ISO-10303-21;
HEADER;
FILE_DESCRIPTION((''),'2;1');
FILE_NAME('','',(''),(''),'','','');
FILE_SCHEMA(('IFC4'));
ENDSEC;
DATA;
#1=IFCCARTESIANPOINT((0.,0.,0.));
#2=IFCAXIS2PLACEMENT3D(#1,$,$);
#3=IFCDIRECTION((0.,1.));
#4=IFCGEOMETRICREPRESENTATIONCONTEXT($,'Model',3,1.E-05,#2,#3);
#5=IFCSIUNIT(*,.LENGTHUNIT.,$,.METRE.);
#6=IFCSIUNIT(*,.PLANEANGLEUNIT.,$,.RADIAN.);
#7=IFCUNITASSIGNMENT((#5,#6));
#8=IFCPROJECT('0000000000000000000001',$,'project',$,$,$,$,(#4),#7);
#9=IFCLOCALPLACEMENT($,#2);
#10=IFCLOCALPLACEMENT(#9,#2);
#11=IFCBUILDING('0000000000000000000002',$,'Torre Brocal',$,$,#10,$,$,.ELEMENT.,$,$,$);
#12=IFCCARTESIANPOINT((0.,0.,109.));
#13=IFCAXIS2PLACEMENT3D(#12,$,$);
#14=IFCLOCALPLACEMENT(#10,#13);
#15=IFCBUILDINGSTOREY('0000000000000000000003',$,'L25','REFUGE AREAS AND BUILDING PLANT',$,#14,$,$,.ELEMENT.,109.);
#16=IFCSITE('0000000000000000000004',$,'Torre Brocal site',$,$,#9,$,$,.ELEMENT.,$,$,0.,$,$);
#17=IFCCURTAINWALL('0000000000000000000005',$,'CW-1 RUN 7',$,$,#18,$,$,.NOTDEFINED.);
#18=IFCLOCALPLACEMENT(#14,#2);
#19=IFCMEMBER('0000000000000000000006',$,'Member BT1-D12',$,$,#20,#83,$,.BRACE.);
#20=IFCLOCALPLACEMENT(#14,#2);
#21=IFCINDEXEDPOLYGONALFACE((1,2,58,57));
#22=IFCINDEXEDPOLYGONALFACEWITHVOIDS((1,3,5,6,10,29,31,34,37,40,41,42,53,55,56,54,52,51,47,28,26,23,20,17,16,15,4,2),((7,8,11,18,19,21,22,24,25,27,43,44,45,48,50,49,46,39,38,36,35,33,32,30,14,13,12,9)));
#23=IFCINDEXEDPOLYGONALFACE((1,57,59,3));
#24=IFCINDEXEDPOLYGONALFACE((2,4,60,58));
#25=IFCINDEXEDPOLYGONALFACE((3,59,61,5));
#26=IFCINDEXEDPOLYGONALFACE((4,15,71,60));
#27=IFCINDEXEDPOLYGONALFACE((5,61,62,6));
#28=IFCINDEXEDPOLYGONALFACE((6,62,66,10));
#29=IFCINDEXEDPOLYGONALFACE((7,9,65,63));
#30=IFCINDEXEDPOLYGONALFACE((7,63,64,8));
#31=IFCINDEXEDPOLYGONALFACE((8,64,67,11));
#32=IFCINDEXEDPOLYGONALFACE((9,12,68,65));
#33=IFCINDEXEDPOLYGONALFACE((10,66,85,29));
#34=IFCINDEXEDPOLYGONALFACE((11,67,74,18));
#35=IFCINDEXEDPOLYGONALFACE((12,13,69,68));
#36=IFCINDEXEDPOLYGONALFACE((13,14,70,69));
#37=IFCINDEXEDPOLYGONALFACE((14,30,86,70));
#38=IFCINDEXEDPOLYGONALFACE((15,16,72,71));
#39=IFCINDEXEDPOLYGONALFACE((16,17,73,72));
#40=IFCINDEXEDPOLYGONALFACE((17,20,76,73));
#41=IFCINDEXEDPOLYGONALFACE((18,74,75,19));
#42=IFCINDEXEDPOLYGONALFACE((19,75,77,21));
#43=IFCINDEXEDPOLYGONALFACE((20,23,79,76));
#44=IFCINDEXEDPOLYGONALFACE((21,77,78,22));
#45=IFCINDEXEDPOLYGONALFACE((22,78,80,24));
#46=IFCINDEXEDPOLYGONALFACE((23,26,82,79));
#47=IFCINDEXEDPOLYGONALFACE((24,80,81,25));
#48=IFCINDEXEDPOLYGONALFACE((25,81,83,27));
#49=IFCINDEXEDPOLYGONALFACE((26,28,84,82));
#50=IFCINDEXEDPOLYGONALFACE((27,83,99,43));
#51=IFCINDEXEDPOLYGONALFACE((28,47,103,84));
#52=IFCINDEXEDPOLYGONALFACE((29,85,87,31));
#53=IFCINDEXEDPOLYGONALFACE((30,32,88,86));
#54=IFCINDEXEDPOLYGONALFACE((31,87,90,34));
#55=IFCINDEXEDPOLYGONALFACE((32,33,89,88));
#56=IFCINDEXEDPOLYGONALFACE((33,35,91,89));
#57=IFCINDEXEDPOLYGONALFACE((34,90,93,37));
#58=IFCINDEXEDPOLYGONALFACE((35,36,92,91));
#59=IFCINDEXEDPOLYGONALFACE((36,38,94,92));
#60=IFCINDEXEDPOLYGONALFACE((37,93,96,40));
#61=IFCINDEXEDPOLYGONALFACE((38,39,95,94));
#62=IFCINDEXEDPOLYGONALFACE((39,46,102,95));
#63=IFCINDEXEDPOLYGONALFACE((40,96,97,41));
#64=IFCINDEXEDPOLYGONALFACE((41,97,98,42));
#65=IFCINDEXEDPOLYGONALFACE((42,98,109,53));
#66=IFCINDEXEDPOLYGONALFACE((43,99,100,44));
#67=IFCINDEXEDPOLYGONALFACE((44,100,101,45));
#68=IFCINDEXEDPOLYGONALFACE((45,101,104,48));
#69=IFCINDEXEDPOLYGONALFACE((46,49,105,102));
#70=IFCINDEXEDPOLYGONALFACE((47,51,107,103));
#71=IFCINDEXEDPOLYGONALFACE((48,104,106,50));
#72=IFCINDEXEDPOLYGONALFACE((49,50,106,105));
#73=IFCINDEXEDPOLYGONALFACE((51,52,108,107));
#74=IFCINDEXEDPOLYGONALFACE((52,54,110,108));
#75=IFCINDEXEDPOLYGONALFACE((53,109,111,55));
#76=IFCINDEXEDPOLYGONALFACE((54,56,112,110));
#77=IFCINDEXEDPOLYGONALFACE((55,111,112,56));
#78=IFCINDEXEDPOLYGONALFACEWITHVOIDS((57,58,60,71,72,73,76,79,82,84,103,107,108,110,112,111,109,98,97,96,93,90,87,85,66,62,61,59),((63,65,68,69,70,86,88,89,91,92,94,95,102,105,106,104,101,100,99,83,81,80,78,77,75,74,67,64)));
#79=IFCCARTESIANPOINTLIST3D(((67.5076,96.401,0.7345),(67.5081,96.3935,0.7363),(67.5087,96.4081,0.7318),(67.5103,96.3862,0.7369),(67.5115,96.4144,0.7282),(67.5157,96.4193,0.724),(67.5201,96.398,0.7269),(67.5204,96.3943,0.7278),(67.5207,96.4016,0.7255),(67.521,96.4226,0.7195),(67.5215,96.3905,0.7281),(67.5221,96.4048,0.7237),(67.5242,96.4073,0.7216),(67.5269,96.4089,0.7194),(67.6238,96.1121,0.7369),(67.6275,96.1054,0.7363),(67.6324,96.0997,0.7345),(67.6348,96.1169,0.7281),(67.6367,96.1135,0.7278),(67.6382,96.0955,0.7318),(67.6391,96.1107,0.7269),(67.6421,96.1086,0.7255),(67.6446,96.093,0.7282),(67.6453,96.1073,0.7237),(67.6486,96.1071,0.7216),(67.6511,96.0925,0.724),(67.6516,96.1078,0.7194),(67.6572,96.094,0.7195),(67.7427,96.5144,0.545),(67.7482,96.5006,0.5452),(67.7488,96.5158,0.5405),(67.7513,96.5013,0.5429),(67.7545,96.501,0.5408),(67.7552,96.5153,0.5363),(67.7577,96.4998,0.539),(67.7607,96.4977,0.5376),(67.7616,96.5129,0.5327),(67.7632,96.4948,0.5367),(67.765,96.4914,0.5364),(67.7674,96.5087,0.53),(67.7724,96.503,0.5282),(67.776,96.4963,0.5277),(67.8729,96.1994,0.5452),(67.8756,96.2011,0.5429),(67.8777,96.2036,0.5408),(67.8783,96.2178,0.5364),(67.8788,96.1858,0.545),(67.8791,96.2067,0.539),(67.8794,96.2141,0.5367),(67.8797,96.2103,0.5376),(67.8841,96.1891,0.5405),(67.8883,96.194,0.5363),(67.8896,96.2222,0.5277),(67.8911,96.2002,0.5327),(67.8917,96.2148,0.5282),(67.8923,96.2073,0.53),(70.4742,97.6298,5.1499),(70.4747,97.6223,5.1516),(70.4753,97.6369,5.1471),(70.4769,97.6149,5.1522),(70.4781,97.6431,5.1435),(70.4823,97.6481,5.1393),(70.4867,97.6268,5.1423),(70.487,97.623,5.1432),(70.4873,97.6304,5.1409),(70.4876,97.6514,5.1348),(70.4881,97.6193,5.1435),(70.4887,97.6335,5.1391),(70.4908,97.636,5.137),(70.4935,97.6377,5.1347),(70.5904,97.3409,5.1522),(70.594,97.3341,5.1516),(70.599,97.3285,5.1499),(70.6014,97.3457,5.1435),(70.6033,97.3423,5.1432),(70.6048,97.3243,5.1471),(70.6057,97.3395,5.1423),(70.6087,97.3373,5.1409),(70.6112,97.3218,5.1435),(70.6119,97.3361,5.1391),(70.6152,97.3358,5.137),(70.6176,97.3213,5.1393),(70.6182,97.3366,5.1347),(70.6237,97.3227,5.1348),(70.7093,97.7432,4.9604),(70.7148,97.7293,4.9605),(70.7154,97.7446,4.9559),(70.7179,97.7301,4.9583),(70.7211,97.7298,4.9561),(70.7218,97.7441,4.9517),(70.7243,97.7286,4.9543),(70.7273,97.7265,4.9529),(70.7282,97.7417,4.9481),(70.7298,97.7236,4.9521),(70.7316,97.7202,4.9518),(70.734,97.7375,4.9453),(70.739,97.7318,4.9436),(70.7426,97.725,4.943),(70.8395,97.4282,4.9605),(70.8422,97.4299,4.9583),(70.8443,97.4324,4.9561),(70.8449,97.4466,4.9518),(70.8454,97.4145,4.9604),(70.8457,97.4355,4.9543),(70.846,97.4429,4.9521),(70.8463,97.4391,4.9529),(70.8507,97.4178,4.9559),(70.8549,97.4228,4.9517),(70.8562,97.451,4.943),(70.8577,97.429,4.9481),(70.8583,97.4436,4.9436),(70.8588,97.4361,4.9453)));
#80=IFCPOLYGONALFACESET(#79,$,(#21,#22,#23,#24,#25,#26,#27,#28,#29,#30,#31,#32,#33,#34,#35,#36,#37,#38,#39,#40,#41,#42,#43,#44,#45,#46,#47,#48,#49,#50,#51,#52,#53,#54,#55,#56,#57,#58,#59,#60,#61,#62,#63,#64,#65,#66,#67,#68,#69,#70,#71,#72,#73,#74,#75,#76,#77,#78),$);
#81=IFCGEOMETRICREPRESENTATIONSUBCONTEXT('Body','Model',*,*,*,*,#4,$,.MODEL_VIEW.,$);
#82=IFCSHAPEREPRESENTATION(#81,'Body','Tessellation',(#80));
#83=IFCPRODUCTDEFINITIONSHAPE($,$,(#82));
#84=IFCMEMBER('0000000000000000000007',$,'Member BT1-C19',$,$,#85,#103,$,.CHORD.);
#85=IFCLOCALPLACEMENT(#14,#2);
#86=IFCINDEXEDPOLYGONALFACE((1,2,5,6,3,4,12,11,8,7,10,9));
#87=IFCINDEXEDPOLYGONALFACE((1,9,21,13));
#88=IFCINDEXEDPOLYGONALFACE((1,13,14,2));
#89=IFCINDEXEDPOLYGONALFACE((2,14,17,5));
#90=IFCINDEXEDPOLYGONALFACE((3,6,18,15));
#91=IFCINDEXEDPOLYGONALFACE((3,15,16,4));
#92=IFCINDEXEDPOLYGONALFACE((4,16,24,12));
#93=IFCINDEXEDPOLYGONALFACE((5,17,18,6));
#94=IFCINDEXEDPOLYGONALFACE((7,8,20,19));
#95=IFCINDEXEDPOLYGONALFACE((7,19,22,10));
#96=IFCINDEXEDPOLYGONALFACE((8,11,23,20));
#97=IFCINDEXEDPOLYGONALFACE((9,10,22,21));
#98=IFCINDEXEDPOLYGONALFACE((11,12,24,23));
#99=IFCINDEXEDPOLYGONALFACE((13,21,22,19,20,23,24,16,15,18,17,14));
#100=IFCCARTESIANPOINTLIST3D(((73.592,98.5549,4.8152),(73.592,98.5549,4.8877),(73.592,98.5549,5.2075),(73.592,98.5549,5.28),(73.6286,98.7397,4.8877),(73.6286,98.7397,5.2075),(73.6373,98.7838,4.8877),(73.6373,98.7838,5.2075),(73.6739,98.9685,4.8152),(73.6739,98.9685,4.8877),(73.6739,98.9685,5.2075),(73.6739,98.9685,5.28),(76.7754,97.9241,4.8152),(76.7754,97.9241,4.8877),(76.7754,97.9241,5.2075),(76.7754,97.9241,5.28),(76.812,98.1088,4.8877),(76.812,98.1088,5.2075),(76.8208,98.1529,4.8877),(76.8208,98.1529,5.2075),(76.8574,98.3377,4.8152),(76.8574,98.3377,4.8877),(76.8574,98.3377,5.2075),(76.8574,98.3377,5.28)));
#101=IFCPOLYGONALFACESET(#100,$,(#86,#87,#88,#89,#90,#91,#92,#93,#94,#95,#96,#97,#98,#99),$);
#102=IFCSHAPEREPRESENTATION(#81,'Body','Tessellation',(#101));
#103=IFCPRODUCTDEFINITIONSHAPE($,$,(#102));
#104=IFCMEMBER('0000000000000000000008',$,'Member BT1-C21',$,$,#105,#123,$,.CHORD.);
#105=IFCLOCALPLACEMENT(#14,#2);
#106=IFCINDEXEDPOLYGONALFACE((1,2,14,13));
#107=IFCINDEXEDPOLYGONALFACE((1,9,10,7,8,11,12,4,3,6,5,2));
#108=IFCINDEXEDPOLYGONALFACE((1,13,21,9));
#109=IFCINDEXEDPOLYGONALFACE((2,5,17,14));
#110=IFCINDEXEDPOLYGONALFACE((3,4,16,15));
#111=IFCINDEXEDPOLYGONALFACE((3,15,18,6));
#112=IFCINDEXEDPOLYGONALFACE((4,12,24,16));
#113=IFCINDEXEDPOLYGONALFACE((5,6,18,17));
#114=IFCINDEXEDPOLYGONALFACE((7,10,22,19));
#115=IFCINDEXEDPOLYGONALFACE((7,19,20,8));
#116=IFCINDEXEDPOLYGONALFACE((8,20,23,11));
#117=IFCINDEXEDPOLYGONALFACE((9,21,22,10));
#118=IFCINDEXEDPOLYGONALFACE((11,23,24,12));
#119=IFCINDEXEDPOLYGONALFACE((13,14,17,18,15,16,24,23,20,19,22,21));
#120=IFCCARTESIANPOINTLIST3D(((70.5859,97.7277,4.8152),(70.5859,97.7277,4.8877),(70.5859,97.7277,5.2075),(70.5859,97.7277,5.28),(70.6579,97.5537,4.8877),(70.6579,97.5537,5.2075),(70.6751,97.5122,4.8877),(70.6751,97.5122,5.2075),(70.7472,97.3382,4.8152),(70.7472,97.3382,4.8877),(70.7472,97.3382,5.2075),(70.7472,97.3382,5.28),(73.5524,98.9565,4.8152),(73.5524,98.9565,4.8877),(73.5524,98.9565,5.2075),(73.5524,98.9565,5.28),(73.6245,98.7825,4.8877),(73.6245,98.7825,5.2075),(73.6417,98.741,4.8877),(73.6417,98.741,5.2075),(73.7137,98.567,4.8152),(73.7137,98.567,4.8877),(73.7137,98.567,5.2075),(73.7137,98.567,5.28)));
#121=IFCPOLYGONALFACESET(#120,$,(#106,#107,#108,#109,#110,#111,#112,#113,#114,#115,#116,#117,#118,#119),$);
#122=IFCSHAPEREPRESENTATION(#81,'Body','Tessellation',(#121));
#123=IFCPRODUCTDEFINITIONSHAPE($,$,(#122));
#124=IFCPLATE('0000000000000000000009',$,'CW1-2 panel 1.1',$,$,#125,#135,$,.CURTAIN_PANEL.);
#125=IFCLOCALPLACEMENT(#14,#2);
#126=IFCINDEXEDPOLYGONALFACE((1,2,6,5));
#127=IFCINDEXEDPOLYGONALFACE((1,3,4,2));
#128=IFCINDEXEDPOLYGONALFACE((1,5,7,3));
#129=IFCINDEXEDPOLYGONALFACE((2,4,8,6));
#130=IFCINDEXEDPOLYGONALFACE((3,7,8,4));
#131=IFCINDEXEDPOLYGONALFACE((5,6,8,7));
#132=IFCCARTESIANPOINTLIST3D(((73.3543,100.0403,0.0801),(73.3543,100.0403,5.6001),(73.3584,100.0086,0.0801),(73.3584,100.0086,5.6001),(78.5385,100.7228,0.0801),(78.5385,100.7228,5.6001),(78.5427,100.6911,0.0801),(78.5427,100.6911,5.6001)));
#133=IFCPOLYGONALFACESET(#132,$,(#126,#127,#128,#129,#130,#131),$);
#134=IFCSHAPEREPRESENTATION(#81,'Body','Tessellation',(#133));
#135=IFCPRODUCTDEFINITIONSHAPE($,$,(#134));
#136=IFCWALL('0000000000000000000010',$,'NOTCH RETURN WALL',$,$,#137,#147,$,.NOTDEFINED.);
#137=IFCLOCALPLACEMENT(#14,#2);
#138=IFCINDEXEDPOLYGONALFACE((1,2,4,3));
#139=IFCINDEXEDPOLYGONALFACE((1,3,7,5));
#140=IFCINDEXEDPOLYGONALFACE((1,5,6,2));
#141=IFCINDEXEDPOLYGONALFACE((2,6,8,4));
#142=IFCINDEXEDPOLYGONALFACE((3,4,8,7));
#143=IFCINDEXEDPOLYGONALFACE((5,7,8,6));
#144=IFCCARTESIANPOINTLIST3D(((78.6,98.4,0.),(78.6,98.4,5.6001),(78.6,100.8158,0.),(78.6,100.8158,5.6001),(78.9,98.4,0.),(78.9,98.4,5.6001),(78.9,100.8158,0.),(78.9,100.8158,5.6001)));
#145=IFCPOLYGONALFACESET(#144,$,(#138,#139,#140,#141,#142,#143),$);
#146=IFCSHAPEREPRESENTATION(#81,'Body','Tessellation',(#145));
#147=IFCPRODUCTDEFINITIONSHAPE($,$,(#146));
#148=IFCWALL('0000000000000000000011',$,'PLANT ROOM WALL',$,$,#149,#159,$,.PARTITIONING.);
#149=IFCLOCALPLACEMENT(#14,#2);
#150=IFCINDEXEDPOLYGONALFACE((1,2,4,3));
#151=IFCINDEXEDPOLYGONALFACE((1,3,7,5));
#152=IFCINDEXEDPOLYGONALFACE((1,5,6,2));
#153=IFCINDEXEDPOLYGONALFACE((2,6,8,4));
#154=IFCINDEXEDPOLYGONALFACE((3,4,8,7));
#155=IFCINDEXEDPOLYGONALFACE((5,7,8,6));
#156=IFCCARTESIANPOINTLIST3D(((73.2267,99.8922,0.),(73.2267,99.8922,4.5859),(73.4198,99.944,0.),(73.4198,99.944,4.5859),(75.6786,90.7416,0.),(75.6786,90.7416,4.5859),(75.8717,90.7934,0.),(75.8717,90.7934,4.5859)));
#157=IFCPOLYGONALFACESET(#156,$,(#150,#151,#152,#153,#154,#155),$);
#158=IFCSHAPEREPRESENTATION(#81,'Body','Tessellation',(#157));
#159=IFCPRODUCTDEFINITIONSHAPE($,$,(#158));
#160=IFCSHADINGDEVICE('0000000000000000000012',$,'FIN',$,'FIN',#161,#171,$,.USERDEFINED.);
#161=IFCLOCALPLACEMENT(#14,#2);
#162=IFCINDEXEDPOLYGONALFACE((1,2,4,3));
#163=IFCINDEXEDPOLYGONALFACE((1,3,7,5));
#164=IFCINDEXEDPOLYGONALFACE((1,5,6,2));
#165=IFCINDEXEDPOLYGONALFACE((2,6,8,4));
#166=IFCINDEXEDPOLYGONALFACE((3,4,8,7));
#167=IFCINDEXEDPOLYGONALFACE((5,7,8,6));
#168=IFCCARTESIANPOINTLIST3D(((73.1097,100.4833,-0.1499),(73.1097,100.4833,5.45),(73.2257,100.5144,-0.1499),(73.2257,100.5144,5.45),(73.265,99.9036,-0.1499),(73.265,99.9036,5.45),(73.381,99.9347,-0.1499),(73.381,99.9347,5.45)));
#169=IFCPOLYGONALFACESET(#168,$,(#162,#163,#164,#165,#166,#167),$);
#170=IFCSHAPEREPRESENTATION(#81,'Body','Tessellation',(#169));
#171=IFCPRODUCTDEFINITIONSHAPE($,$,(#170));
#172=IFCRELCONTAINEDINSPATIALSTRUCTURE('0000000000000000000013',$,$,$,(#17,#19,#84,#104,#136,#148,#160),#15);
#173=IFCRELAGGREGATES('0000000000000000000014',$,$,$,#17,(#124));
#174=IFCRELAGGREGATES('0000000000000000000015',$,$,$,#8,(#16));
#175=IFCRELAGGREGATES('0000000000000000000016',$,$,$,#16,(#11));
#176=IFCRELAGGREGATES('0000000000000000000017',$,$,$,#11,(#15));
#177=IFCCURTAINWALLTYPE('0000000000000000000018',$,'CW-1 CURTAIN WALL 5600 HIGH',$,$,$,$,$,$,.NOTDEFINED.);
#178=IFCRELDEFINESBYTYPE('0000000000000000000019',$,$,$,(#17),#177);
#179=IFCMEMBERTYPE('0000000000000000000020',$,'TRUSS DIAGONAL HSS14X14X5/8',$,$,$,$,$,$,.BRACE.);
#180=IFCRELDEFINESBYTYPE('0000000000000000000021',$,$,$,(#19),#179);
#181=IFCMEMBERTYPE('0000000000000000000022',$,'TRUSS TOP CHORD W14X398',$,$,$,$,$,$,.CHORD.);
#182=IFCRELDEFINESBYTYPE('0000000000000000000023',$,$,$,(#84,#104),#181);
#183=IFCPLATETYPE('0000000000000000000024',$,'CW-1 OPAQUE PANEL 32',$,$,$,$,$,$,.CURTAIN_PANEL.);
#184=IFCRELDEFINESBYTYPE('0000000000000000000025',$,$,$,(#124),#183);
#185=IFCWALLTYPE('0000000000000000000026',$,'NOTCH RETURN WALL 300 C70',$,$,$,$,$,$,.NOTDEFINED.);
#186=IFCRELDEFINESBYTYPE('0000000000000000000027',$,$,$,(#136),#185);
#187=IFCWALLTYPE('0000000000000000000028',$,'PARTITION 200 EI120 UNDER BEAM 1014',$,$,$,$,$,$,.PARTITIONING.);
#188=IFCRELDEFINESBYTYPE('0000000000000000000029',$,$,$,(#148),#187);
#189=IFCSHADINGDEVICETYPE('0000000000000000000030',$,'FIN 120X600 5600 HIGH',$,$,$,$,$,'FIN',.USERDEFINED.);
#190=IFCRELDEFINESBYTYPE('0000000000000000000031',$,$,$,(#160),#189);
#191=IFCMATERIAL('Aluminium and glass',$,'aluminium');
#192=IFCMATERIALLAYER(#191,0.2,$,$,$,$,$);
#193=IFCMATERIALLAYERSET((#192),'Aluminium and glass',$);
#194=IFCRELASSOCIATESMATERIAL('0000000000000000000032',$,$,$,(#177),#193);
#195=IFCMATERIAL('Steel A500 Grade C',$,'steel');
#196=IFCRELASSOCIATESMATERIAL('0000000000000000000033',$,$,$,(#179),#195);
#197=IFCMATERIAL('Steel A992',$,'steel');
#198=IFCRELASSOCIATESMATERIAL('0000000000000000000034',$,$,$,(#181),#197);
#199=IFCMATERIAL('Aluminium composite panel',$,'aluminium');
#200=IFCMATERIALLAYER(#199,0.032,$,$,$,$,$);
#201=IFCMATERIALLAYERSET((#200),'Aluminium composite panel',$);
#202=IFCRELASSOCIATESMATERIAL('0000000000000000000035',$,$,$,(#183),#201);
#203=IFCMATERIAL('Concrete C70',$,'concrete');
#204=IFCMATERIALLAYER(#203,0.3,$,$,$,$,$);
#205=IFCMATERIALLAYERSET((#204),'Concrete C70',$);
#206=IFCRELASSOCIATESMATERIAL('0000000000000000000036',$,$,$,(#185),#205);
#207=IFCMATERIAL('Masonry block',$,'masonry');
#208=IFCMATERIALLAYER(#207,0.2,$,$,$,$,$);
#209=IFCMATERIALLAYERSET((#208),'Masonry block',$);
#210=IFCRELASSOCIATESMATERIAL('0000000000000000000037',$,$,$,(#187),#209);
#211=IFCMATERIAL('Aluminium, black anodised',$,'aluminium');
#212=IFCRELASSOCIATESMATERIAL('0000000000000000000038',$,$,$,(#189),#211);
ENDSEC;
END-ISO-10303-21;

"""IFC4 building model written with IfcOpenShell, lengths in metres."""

from ifc_helpers import new_model, si_unit, direction, frame, frame_2d, origin, origin_2d, place, context, subcontext, project, spatial, rectangle, hollow_rectangle, i_section, extrude, material, layer, layer_set, material_profile, profile_set, type_object, element, aggregate, save


model = new_model("IFC4")

# Units and contexts
model_context = context("Model", 3, precision=1e-05, world=origin(), true_north=direction((0.0, 1.0)))
body_context = subcontext(model_context, "Body", "Model", "MODEL_VIEW")
ifc_project = project(units=[si_unit("LENGTHUNIT", "METRE"), si_unit("PLANEANGLEUNIT", "RADIAN")], contexts=[model_context])

# Site, building, storey
site_placement = place(None, origin())
site = spatial("IfcSite", under=ifc_project, at=site_placement, Name="Torre Brocal site", CompositionType="ELEMENT", RefElevation=0.0)
building_placement = place(site_placement, origin())
building = spatial("IfcBuilding", under=site, at=building_placement, Name="Torre Brocal", CompositionType="ELEMENT")
storey_placement = place(building_placement, frame((0.0, 0.0, 109.0)))
storey = spatial("IfcBuildingStorey", under=building, at=storey_placement, Name="L25", Description="REFUGE AREAS AND BUILDING PLANT", CompositionType="ELEMENT", Elevation=109.0)

# Curtain wall
ifc_material_1 = material(Name="Aluminium and glass", Category="aluminium")
ifc_layer_1 = layer(ifc_material_1, 0.2)
ifc_layer_set_1 = layer_set([ifc_layer_1], Name="Aluminium and glass")
curtain_wall_type = type_object("IfcCurtainWallType", Name="CW-1 CURTAIN WALL 5600 HIGH", PredefinedType="NOTDEFINED", material=ifc_layer_set_1)
curtain_wall_1_placement = place(storey_placement, origin())
curtain_wall_1 = element("IfcCurtainWall", 1, at=curtain_wall_1_placement, inside=storey, type_object=curtain_wall_type, Name="CW-1 RUN 7", PredefinedType="NOTDEFINED")

# Members
ifc_material_2 = material(Name="Steel A500 Grade C", Category="steel")
ifc_material_profile_1 = material_profile(ifc_material_2, hollow_rectangle(XDim=0.3557, YDim=0.3557, WallThickness=0.0149, InnerFilletRadius=0.0149, OuterFilletRadius=0.0295, at=origin_2d()), Name="HSS14X14X5/8")
ifc_profile_set_1 = profile_set([ifc_material_profile_1], Name="Steel A500 Grade C")
member_type_1 = type_object("IfcMemberType", Name="TRUSS DIAGONAL HSS14X14X5/8", PredefinedType="BRACE", material=ifc_profile_set_1)
for number, where, z_axis, x_axis, name in (
    (2, (70.6665, 97.533, 5.0476), (-0.543385, -0.225072, -0.808749), (0.382676, -0.923882, 0.0), "Member BT1-D12"),
):
    element("IfcMember", number, at=place(storey_placement, frame(where, z_axis=z_axis, x_axis=x_axis)), inside=storey, type_object=member_type_1, Name=name, PredefinedType="BRACE", context=body_context, shape_type="SweptSolid", body=[
        extrude(hollow_rectangle(XDim=0.3557, YDim=0.3557, WallThickness=0.0149, InnerFilletRadius=0.0149, OuterFilletRadius=0.0295, at=origin_2d()), origin(), (0.0, 0.0, 1.0), 5.4595),
    ])
ifc_material_3 = material(Name="Steel A992", Category="steel")
ifc_material_profile_2 = material_profile(ifc_material_3, i_section(OverallWidth=0.4216, OverallDepth=0.4648, WebThickness=0.0449, FlangeThickness=0.0725, at=origin_2d()), Name="W14X398")
ifc_profile_set_2 = profile_set([ifc_material_profile_2], Name="Steel A992")
member_type_2 = type_object("IfcMemberType", Name="TRUSS TOP CHORD W14X398", PredefinedType="CHORD", material=ifc_profile_set_2)
member_1_placement = place(storey_placement, frame((76.8164, 98.1309, 5.0476), z_axis=(-0.980923, 0.194394, 0.0), x_axis=(-0.194394, -0.980923, 0.0)))
element("IfcMember", 3, at=member_1_placement, inside=storey, type_object=member_type_2, Name="Member BT1-C19", PredefinedType="CHORD", context=body_context, shape_type="SweptSolid", body=[
    extrude(i_section(OverallWidth=0.4216, OverallDepth=0.4648, WebThickness=0.0449, FlangeThickness=0.0725, at=origin_2d()), origin(), (0.0, 0.0, 1.0), 3.2454),
])
member_2_placement = place(storey_placement, frame((73.6331, 98.7617, 5.0476), z_axis=(-0.923882, -0.382676, 0.0), x_axis=(0.382676, -0.923882, 0.0)))
element("IfcMember", 4, at=member_2_placement, inside=storey, type_object=member_type_2, Name="Member BT1-C21", PredefinedType="CHORD", context=body_context, shape_type="SweptSolid", body=[
    extrude(i_section(OverallWidth=0.4216, OverallDepth=0.4648, WebThickness=0.0449, FlangeThickness=0.0725, at=origin_2d()), origin(), (0.0, 0.0, 1.0), 3.2109),
])

# Plate
ifc_material_4 = material(Name="Aluminium composite panel", Category="aluminium")
ifc_layer_2 = layer(ifc_material_4, 0.032)
ifc_layer_set_2 = layer_set([ifc_layer_2], Name="Aluminium composite panel")
plate_type = type_object("IfcPlateType", Name="CW-1 OPAQUE PANEL 32", PredefinedType="CURTAIN_PANEL", material=ifc_layer_set_2)
plate_placement = place(storey_placement, frame((75.9485, 100.3657, 0.0801), z_axis=(0.0, 0.0, 1.0), x_axis=(-0.991445, -0.130526, 0.0)))
plate = element("IfcPlate", 5, at=plate_placement, type_object=plate_type, Name="CW1-2 panel 1.1", PredefinedType="CURTAIN_PANEL", context=body_context, shape_type="SweptSolid", body=[
    extrude(rectangle(XDim=5.229, YDim=0.032, at=origin_2d()), origin(), (0.0, 0.0, 1.0), 5.52),
])
aggregate(curtain_wall_1, [plate])

# Walls
ifc_material_5 = material(Name="Concrete C70", Category="concrete")
ifc_layer_3 = layer(ifc_material_5, 0.3)
ifc_layer_set_3 = layer_set([ifc_layer_3], Name="Concrete C70")
wall_type_1 = type_object("IfcWallType", Name="NOTCH RETURN WALL 300 C70", PredefinedType="NOTDEFINED", material=ifc_layer_set_3)
wall_1_placement = place(storey_placement, frame((78.75, 98.3999, 0.0), z_axis=(0.0, 0.0, 1.0), x_axis=(0.0, 1.0, 0.0)))
element("IfcWall", 6, at=wall_1_placement, inside=storey, type_object=wall_type_1, Name="NOTCH RETURN WALL", PredefinedType="NOTDEFINED", context=body_context, shape_type="SweptSolid", body=[
    extrude(rectangle(XDim=2.4158, YDim=0.3, at=frame_2d((1.208, 0.0))), origin(), (0.0, 0.0, 1.0), 5.6001),
])
ifc_material_6 = material(Name="Masonry block", Category="masonry")
ifc_layer_4 = layer(ifc_material_6, 0.2)
ifc_layer_set_4 = layer_set([ifc_layer_4], Name="Masonry block")
wall_type_2 = type_object("IfcWallType", Name="PARTITION 200 EI120 UNDER BEAM 1014", PredefinedType="PARTITIONING", material=ifc_layer_set_4)
wall_2_placement = place(storey_placement, frame((73.3232, 99.9182, 0.0), z_axis=(0.0, 0.0, 1.0), x_axis=(0.258819, -0.965926, 0.0)))
element("IfcWall", 7, at=wall_2_placement, inside=storey, type_object=wall_type_2, Name="PLANT ROOM WALL", PredefinedType="PARTITIONING", context=body_context, shape_type="SweptSolid", body=[
    extrude(rectangle(XDim=9.4734, YDim=0.2, at=frame_2d((4.7368, 0.0))), origin(), (0.0, 0.0, 1.0), 4.5859),
])

# Shading device
ifc_material_7 = material(Name="Aluminium, black anodised", Category="aluminium")
ifc_material_profile_3 = material_profile(ifc_material_7, rectangle(XDim=0.1201, YDim=0.6001, at=origin_2d()), Name="FIN 120X600 5600 HIGH")
ifc_profile_set_3 = profile_set([ifc_material_profile_3], Name="Aluminium, black anodised")
shading_device_type = type_object("IfcShadingDeviceType", Name="FIN 120X600 5600 HIGH", ElementType="FIN", PredefinedType="USERDEFINED", material=ifc_profile_set_3)
shading_device_placement = place(storey_placement, frame((73.2454, 100.209, -0.1499), z_axis=(0.0, 0.0, 1.0), x_axis=(-0.965926, -0.258819, 0.0)))
element("IfcShadingDevice", 8, at=shading_device_placement, inside=storey, type_object=shading_device_type, Name="FIN", ObjectType="FIN", PredefinedType="USERDEFINED", context=body_context, shape_type="SweptSolid", body=[
    extrude(rectangle(XDim=0.1201, YDim=0.6001, at=origin_2d()), origin(), (0.0, 0.0, 1.0), 5.5999),
])

save(model, "model.ifc")
